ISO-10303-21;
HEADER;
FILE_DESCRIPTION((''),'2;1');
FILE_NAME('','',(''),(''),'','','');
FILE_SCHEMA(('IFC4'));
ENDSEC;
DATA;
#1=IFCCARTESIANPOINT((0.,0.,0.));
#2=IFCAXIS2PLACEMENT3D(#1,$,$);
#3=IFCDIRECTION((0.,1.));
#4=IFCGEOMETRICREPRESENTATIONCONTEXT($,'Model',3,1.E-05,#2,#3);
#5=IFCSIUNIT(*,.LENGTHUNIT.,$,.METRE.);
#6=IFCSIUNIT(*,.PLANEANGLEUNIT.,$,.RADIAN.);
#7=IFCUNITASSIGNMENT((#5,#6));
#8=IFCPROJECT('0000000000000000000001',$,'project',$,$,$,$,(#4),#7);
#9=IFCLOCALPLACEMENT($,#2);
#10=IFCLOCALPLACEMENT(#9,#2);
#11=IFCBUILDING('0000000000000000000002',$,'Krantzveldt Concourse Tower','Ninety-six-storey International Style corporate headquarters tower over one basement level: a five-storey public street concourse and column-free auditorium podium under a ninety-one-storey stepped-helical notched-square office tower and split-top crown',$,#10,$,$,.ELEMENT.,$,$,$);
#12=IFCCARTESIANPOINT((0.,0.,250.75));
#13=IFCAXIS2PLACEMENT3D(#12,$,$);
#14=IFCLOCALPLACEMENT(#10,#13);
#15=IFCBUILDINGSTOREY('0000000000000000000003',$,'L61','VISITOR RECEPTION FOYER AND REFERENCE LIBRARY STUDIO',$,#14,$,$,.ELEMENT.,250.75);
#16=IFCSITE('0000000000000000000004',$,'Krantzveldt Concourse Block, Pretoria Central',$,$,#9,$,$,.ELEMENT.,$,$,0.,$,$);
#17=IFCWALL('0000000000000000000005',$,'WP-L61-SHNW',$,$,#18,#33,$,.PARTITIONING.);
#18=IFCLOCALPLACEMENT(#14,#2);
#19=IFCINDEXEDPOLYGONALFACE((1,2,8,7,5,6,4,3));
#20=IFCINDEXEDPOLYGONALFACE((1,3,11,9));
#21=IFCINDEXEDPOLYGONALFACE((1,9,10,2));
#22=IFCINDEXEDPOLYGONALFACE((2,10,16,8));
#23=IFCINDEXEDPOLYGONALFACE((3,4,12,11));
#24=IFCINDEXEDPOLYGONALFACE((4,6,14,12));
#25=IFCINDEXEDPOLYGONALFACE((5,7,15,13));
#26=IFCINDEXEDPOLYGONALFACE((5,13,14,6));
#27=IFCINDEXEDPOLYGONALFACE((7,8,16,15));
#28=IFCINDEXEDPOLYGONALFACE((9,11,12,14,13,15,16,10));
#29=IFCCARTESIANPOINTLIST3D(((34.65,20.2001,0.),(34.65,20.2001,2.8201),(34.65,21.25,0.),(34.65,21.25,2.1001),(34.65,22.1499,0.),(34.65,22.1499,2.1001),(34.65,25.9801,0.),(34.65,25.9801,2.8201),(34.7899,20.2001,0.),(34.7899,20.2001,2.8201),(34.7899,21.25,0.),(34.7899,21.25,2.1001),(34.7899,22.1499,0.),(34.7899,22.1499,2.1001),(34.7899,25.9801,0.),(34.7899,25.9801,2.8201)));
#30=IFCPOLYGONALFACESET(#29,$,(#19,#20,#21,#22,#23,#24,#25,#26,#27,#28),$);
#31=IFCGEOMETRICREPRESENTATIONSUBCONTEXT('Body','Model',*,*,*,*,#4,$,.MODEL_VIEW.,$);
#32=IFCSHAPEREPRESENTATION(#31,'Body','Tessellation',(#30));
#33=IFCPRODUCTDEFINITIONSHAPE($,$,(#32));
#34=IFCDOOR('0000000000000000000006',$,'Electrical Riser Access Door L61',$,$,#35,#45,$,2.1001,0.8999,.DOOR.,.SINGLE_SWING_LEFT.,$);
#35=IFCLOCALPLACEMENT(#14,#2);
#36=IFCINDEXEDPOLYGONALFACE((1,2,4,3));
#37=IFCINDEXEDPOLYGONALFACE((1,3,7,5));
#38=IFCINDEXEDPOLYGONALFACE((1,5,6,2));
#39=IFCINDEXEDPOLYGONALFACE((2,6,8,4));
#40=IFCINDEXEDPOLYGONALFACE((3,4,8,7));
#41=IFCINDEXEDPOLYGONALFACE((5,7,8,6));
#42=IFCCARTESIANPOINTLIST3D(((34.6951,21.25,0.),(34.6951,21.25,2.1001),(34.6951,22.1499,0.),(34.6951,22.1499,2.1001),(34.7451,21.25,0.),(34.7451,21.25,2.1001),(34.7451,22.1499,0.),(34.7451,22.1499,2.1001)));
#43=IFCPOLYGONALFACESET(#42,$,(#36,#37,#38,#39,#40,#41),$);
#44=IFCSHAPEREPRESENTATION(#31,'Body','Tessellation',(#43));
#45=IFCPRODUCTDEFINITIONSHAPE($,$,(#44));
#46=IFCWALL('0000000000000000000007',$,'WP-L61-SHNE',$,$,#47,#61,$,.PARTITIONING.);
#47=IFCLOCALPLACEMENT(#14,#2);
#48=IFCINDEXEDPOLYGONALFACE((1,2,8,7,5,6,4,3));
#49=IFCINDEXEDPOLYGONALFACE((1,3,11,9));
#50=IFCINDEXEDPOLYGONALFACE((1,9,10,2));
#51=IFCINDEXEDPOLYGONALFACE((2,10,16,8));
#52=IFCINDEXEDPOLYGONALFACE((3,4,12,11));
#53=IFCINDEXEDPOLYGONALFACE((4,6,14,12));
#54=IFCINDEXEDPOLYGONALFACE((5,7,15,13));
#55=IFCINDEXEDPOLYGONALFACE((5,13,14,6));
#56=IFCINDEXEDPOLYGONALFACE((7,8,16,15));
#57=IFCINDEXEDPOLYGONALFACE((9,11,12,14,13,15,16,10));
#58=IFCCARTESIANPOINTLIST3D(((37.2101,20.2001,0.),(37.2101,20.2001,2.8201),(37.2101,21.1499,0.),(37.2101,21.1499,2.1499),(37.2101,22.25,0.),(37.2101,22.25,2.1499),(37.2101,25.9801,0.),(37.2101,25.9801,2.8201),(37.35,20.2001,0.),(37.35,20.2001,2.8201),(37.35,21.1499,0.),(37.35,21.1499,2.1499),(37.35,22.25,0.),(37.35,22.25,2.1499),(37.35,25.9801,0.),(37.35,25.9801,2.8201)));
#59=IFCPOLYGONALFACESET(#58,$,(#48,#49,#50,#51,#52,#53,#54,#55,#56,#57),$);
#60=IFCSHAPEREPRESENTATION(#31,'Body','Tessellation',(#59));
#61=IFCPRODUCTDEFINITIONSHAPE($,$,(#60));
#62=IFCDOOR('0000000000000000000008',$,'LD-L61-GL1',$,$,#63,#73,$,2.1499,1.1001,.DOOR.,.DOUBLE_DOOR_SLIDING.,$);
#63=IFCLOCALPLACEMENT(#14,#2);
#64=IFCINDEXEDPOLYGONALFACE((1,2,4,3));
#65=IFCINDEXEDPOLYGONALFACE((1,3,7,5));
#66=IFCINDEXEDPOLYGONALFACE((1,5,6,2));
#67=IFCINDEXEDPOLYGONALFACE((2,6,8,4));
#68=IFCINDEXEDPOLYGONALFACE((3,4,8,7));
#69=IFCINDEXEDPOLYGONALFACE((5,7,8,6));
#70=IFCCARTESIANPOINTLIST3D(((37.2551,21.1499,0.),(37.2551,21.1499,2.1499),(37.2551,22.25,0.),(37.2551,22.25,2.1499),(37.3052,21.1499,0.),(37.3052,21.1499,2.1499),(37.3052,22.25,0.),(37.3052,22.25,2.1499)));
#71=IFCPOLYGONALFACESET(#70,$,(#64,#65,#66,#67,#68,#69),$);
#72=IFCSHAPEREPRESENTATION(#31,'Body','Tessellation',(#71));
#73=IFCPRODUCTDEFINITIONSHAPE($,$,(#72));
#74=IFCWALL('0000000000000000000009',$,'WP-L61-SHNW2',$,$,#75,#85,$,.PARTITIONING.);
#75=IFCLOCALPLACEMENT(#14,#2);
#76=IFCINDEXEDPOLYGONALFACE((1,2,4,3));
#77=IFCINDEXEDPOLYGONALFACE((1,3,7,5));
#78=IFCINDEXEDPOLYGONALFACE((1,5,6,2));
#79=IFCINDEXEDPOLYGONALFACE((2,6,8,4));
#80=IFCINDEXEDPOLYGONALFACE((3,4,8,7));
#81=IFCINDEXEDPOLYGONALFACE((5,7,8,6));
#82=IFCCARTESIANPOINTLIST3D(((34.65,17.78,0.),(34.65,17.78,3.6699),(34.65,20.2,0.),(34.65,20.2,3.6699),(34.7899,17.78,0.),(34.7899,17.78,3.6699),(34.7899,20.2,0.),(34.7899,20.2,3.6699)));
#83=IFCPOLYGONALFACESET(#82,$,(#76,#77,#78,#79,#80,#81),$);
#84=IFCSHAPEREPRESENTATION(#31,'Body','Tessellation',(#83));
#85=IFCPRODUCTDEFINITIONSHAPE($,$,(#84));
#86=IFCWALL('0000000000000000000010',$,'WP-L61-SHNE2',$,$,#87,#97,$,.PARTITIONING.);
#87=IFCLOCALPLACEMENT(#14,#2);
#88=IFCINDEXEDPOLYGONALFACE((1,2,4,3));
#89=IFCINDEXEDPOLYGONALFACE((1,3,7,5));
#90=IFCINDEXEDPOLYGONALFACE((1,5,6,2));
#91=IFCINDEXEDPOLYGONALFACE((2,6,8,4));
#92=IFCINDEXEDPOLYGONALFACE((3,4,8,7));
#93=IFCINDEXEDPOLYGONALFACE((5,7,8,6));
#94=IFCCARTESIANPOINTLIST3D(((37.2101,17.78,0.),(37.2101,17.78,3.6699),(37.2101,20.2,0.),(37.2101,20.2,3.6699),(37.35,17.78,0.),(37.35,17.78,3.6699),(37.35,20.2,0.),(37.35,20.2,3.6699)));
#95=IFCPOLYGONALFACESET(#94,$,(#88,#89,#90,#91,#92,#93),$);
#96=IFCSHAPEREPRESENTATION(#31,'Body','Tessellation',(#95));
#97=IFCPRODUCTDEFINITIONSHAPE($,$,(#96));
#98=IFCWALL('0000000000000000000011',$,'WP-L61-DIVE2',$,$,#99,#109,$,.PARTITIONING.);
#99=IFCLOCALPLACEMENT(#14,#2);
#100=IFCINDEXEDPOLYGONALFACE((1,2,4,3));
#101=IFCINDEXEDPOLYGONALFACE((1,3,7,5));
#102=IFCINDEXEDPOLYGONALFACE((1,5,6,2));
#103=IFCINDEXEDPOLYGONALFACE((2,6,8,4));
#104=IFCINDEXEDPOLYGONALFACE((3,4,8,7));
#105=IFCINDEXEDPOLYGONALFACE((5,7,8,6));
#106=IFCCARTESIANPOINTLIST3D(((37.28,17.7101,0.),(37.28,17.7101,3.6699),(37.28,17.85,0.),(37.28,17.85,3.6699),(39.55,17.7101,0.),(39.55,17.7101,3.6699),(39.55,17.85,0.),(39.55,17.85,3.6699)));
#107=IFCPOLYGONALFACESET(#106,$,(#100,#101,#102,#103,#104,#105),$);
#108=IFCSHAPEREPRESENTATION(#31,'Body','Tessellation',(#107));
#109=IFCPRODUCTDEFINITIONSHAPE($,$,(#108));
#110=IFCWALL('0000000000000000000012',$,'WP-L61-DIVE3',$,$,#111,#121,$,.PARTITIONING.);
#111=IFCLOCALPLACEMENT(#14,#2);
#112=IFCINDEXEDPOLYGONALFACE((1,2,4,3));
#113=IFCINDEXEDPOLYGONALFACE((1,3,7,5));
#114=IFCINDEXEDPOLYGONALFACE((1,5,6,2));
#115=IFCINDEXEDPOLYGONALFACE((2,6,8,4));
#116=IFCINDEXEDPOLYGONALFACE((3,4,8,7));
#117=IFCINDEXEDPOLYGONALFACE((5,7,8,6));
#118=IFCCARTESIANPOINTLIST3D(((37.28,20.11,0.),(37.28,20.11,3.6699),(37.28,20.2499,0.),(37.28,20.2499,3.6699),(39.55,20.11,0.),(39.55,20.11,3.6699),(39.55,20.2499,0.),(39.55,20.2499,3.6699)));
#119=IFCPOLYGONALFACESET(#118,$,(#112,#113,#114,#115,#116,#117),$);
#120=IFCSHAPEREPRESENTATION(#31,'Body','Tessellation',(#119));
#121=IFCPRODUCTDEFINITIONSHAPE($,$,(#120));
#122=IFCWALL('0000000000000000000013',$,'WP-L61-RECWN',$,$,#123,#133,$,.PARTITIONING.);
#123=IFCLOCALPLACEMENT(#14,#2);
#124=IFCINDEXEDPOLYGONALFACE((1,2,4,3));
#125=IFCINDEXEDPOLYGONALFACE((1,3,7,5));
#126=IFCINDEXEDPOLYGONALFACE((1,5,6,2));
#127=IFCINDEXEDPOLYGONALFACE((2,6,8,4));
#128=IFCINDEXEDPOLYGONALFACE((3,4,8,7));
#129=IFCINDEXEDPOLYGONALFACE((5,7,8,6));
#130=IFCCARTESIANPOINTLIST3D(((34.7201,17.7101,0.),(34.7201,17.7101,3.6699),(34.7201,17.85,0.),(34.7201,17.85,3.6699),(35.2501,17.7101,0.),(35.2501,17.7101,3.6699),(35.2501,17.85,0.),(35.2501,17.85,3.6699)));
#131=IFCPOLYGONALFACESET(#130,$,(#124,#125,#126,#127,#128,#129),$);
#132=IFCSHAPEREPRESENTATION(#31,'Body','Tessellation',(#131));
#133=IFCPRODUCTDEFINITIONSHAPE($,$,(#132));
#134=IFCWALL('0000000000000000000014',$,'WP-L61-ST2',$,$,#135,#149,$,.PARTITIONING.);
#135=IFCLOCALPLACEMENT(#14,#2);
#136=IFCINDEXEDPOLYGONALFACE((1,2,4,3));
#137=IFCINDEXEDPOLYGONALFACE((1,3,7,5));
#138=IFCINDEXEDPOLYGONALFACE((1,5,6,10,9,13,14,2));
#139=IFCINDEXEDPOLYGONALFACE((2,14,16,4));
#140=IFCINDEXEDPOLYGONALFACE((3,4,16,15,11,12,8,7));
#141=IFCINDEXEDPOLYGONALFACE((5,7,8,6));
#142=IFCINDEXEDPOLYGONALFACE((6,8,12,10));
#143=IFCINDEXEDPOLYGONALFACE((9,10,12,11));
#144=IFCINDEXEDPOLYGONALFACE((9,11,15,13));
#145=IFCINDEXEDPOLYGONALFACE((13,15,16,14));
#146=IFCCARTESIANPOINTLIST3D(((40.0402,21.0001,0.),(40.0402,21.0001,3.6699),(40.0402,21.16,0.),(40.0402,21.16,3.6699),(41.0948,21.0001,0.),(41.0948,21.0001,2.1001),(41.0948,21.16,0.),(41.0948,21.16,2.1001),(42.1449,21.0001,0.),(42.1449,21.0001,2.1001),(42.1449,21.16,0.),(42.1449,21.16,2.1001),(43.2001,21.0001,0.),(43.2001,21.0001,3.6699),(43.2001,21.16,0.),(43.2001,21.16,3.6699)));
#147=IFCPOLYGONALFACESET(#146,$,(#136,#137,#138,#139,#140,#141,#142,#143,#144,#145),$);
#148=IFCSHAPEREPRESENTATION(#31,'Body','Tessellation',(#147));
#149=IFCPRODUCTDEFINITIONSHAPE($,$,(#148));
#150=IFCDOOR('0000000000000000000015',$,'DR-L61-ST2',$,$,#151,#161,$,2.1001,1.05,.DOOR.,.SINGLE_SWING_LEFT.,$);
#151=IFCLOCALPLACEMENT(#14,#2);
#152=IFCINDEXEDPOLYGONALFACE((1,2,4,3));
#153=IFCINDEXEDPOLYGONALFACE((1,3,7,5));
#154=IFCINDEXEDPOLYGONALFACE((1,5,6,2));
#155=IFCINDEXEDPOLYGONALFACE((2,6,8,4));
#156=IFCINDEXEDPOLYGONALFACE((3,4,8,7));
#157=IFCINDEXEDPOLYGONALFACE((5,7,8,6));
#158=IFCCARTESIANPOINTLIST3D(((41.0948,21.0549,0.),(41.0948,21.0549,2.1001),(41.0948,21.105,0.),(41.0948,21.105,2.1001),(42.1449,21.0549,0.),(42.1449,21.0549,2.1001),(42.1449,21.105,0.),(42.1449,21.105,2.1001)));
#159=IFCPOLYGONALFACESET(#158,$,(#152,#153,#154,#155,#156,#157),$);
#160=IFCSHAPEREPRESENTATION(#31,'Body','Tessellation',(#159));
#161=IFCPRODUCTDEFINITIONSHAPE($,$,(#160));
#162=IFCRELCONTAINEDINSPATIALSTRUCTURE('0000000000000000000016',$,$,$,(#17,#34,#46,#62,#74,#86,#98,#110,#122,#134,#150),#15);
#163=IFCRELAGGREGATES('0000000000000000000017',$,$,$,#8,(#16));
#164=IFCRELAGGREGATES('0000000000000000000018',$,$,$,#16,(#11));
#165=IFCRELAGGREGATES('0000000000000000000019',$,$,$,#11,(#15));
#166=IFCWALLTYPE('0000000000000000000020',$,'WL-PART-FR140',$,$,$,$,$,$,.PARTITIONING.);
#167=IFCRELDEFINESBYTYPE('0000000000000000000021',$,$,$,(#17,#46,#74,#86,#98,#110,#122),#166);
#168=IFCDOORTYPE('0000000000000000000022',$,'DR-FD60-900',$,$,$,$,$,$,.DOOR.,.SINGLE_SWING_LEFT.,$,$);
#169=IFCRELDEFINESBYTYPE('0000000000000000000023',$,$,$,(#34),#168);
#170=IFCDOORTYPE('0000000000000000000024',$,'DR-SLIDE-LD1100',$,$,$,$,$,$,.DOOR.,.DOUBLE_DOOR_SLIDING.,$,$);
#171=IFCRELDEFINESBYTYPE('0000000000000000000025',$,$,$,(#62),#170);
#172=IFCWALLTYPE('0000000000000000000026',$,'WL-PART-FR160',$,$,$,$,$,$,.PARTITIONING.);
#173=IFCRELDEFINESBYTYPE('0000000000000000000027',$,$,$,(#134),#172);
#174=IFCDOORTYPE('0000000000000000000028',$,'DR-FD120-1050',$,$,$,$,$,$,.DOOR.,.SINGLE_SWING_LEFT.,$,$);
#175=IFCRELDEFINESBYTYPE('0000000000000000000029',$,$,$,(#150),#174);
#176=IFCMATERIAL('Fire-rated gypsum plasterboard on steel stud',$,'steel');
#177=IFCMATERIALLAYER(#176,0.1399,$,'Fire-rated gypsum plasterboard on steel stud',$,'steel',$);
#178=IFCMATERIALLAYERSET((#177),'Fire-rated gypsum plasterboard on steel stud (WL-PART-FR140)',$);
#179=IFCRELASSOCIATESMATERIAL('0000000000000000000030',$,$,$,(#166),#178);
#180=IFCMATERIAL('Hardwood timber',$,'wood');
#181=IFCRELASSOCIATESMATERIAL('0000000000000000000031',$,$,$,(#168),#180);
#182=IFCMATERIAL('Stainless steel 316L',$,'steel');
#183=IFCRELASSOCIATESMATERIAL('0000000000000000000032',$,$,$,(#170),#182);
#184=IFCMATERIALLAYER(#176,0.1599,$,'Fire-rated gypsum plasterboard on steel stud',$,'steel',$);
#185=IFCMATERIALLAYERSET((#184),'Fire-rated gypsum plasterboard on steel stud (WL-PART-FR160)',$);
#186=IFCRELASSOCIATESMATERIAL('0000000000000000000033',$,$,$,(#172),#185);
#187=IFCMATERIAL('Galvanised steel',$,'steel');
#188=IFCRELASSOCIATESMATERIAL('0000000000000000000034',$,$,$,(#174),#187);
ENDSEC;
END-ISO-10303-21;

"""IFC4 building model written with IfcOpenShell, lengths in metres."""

from ifc_helpers import new_model, si_unit, direction, frame, frame_2d, origin, place, context, subcontext, project, spatial, rectangle, extrude, material, layer, layer_set, type_object, element, fill, save


model = new_model("IFC4")

# Units and contexts
model_context = context("Model", 3, precision=1e-05, world=origin(), true_north=direction((0.0, 1.0)))
body_context = subcontext(model_context, "Body", "Model", "MODEL_VIEW")
ifc_project = project(units=[si_unit("LENGTHUNIT", "METRE"), si_unit("PLANEANGLEUNIT", "RADIAN")], contexts=[model_context])

# Site, building, storey
site_placement = place(None, origin())
site = spatial("IfcSite", under=ifc_project, at=site_placement, Name="Krantzveldt Concourse Block, Pretoria Central", CompositionType="ELEMENT", RefElevation=0.0)
building_placement = place(site_placement, origin())
building = spatial("IfcBuilding", under=site, at=building_placement, Name="Krantzveldt Concourse Tower", Description="Ninety-six-storey International Style corporate headquarters tower over one basement level: a five-storey public street concourse and column-free auditorium podium under a ninety-one-storey stepped-helical notched-square office tower and split-top crown", CompositionType="ELEMENT")
storey_placement = place(building_placement, frame((0.0, 0.0, 250.75)))
storey = spatial("IfcBuildingStorey", under=building, at=storey_placement, Name="L61", Description="VISITOR RECEPTION FOYER AND REFERENCE LIBRARY STUDIO", CompositionType="ELEMENT", Elevation=250.75)

# Walls, openings, doors
ifc_material_1 = material(Name="Fire-rated gypsum plasterboard on steel stud", Category="steel")
ifc_layer_1 = layer(ifc_material_1, 0.1399, Name="Fire-rated gypsum plasterboard on steel stud", Category="steel")
ifc_layer_set_1 = layer_set([ifc_layer_1], Name="Fire-rated gypsum plasterboard on steel stud (WL-PART-FR140)")
wall_type_1 = type_object("IfcWallType", Name="WL-PART-FR140", PredefinedType="PARTITIONING", material=ifc_layer_set_1)
wall_1_placement = place(storey_placement, frame((34.72, 20.2, 0.0), z_axis=(0.0, 0.0, 1.0), x_axis=(0.0, 1.0, 0.0)))
wall_1 = element("IfcWall", 1, at=wall_1_placement, inside=storey, type_object=wall_type_1, Name="WP-L61-SHNW", PredefinedType="PARTITIONING", context=body_context, shape_type="SweptSolid", body=[
    extrude(rectangle(XDim=5.78, YDim=0.1399, at=frame_2d((2.8901, 0.0))), origin(), (0.0, 0.0, 1.0), 2.8201),
])
opening_1_placement = place(wall_1_placement, frame((1.05, 0.0, 0.0)))
opening_1 = element("IfcOpeningElement", 2, at=opening_1_placement, cuts=wall_1, PredefinedType="OPENING", context=body_context, shape_type="SweptSolid", body=[
    extrude(rectangle(XDim=0.8999, YDim=2.1001, at=frame_2d((0.45, 1.05))), frame((0.0, 0.0801, 0.0), z_axis=(0.0, -1.0, 0.0), x_axis=(1.0, 0.0, 0.0)), (0.0, 0.0, 1.0), 0.1599),
])
ifc_material_2 = material(Name="Hardwood timber", Category="wood")
door_type_1 = type_object("IfcDoorType", Name="DR-FD60-900", OperationType="SINGLE_SWING_LEFT", PredefinedType="DOOR", material=ifc_material_2)
door_1_placement = place(opening_1_placement, origin())
door_1 = element("IfcDoor", 3, at=door_1_placement, inside=storey, type_object=door_type_1, Name="Electrical Riser Access Door L61", OperationType="SINGLE_SWING_LEFT", OverallHeight=2.1001, OverallWidth=0.8999, PredefinedType="DOOR", context=body_context, shape_type="SweptSolid", body=[
    extrude(rectangle(XDim=0.8999, YDim=2.1001, at=frame_2d((0.45, 1.05))), frame((0.0, 0.0249, 0.0), z_axis=(0.0, -1.0, 0.0), x_axis=(1.0, 0.0, 0.0)), (0.0, 0.0, 1.0), 0.05),
])
fill(opening_1, door_1)
wall_2_placement = place(storey_placement, frame((37.28, 20.2, 0.0), z_axis=(0.0, 0.0, 1.0), x_axis=(0.0, 1.0, 0.0)))
wall_2 = element("IfcWall", 4, at=wall_2_placement, inside=storey, type_object=wall_type_1, Name="WP-L61-SHNE", PredefinedType="PARTITIONING", context=body_context, shape_type="SweptSolid", body=[
    extrude(rectangle(XDim=5.78, YDim=0.1399, at=frame_2d((2.8901, 0.0))), origin(), (0.0, 0.0, 1.0), 2.8201),
])
opening_2_placement = place(wall_2_placement, frame((0.95, 0.0, 0.0)))
opening_2 = element("IfcOpeningElement", 5, at=opening_2_placement, cuts=wall_2, PredefinedType="OPENING", context=body_context, shape_type="SweptSolid", body=[
    extrude(rectangle(XDim=1.1001, YDim=2.1499, at=frame_2d((0.55, 1.075))), frame((0.0, 0.0801, 0.0), z_axis=(0.0, -1.0, 0.0), x_axis=(1.0, 0.0, 0.0)), (0.0, 0.0, 1.0), 0.1599),
])
ifc_material_3 = material(Name="Stainless steel 316L", Category="steel")
door_type_2 = type_object("IfcDoorType", Name="DR-SLIDE-LD1100", OperationType="DOUBLE_DOOR_SLIDING", PredefinedType="DOOR", material=ifc_material_3)
door_2_placement = place(opening_2_placement, origin())
door_2 = element("IfcDoor", 6, at=door_2_placement, inside=storey, type_object=door_type_2, Name="LD-L61-GL1", OperationType="DOUBLE_DOOR_SLIDING", OverallHeight=2.1499, OverallWidth=1.1001, PredefinedType="DOOR", context=body_context, shape_type="SweptSolid", body=[
    extrude(rectangle(XDim=1.1001, YDim=2.1499, at=frame_2d((0.55, 1.075))), frame((0.0, 0.0249, 0.0), z_axis=(0.0, -1.0, 0.0), x_axis=(1.0, 0.0, 0.0)), (0.0, 0.0, 1.0), 0.05),
])
fill(opening_2, door_2)

# Walls
for number, where, z_axis, x_axis, name in (
    (7, (34.72, 17.78, 0.0), (0.0, 0.0, 1.0), (0.0, 1.0, 0.0), "WP-L61-SHNW2"),
    (8, (37.28, 17.78, 0.0), (0.0, 0.0, 1.0), (0.0, 1.0, 0.0), "WP-L61-SHNE2"),
):
    element("IfcWall", number, at=place(storey_placement, frame(where, z_axis=z_axis, x_axis=x_axis)), inside=storey, type_object=wall_type_1, Name=name, PredefinedType="PARTITIONING", context=body_context, shape_type="SweptSolid", body=[
        extrude(rectangle(XDim=2.4199, YDim=0.1399, at=frame_2d((1.21, 0.0))), origin(), (0.0, 0.0, 1.0), 3.6699),
    ])
for number, where, z_axis, x_axis, name in (
    (9, (37.28, 17.78, 0.0), (0.0, 0.0, 1.0), (1.0, 0.0, 0.0), "WP-L61-DIVE2"),
    (10, (37.28, 20.1799, 0.0), (0.0, 0.0, 1.0), (1.0, 0.0, 0.0), "WP-L61-DIVE3"),
):
    element("IfcWall", number, at=place(storey_placement, frame(where, z_axis=z_axis, x_axis=x_axis)), inside=storey, type_object=wall_type_1, Name=name, PredefinedType="PARTITIONING", context=body_context, shape_type="SweptSolid", body=[
        extrude(rectangle(XDim=2.27, YDim=0.1399, at=frame_2d((1.135, 0.0))), origin(), (0.0, 0.0, 1.0), 3.6699),
    ])
wall_3_placement = place(storey_placement, frame((34.72, 17.78, 0.0), z_axis=(0.0, 0.0, 1.0), x_axis=(1.0, 0.0, 0.0)))
element("IfcWall", 11, at=wall_3_placement, inside=storey, type_object=wall_type_1, Name="WP-L61-RECWN", PredefinedType="PARTITIONING", context=body_context, shape_type="SweptSolid", body=[
    extrude(rectangle(XDim=0.53, YDim=0.1399, at=frame_2d((0.2651, 0.0))), origin(), (0.0, 0.0, 1.0), 3.6699),
])

# Wall, opening, door
ifc_layer_2 = layer(ifc_material_1, 0.1599, Name="Fire-rated gypsum plasterboard on steel stud", Category="steel")
ifc_layer_set_2 = layer_set([ifc_layer_2], Name="Fire-rated gypsum plasterboard on steel stud (WL-PART-FR160)")
wall_type_2 = type_object("IfcWallType", Name="WL-PART-FR160", PredefinedType="PARTITIONING", material=ifc_layer_set_2)
wall_4_placement = place(storey_placement, frame((40.04, 21.0801, 0.0), z_axis=(0.0, 0.0, 1.0), x_axis=(1.0, 0.0, 0.0)))
wall_4 = element("IfcWall", 12, at=wall_4_placement, inside=storey, type_object=wall_type_2, Name="WP-L61-ST2", PredefinedType="PARTITIONING", context=body_context, shape_type="SweptSolid", body=[
    extrude(rectangle(XDim=3.1599, YDim=0.1599, at=frame_2d((1.5801, 0.0))), origin(), (0.0, 0.0, 1.0), 3.6699),
])
opening_3_placement = place(wall_4_placement, frame((1.0549, 0.0, 0.0)))
opening_3 = element("IfcOpeningElement", 13, at=opening_3_placement, cuts=wall_4, PredefinedType="OPENING", context=body_context, shape_type="SweptSolid", body=[
    extrude(rectangle(XDim=1.05, YDim=2.1001, at=frame_2d((0.5249, 1.05))), frame((0.0, 0.0898, 0.0), z_axis=(0.0, -1.0, 0.0), x_axis=(1.0, 0.0, 0.0)), (0.0, 0.0, 1.0), 0.1799),
])
ifc_material_4 = material(Name="Galvanised steel", Category="steel")
door_type_3 = type_object("IfcDoorType", Name="DR-FD120-1050", OperationType="SINGLE_SWING_LEFT", PredefinedType="DOOR", material=ifc_material_4)
door_3_placement = place(opening_3_placement, origin())
door_3 = element("IfcDoor", 14, at=door_3_placement, inside=storey, type_object=door_type_3, Name="DR-L61-ST2", OperationType="SINGLE_SWING_LEFT", OverallHeight=2.1001, OverallWidth=1.05, PredefinedType="DOOR", context=body_context, shape_type="SweptSolid", body=[
    extrude(rectangle(XDim=1.05, YDim=2.1001, at=frame_2d((0.5249, 1.05))), frame((0.0, 0.0249, 0.0), z_axis=(0.0, -1.0, 0.0), x_axis=(1.0, 0.0, 0.0)), (0.0, 0.0, 1.0), 0.05),
])
fill(opening_3, door_3)

save(model, "model.ifc")
